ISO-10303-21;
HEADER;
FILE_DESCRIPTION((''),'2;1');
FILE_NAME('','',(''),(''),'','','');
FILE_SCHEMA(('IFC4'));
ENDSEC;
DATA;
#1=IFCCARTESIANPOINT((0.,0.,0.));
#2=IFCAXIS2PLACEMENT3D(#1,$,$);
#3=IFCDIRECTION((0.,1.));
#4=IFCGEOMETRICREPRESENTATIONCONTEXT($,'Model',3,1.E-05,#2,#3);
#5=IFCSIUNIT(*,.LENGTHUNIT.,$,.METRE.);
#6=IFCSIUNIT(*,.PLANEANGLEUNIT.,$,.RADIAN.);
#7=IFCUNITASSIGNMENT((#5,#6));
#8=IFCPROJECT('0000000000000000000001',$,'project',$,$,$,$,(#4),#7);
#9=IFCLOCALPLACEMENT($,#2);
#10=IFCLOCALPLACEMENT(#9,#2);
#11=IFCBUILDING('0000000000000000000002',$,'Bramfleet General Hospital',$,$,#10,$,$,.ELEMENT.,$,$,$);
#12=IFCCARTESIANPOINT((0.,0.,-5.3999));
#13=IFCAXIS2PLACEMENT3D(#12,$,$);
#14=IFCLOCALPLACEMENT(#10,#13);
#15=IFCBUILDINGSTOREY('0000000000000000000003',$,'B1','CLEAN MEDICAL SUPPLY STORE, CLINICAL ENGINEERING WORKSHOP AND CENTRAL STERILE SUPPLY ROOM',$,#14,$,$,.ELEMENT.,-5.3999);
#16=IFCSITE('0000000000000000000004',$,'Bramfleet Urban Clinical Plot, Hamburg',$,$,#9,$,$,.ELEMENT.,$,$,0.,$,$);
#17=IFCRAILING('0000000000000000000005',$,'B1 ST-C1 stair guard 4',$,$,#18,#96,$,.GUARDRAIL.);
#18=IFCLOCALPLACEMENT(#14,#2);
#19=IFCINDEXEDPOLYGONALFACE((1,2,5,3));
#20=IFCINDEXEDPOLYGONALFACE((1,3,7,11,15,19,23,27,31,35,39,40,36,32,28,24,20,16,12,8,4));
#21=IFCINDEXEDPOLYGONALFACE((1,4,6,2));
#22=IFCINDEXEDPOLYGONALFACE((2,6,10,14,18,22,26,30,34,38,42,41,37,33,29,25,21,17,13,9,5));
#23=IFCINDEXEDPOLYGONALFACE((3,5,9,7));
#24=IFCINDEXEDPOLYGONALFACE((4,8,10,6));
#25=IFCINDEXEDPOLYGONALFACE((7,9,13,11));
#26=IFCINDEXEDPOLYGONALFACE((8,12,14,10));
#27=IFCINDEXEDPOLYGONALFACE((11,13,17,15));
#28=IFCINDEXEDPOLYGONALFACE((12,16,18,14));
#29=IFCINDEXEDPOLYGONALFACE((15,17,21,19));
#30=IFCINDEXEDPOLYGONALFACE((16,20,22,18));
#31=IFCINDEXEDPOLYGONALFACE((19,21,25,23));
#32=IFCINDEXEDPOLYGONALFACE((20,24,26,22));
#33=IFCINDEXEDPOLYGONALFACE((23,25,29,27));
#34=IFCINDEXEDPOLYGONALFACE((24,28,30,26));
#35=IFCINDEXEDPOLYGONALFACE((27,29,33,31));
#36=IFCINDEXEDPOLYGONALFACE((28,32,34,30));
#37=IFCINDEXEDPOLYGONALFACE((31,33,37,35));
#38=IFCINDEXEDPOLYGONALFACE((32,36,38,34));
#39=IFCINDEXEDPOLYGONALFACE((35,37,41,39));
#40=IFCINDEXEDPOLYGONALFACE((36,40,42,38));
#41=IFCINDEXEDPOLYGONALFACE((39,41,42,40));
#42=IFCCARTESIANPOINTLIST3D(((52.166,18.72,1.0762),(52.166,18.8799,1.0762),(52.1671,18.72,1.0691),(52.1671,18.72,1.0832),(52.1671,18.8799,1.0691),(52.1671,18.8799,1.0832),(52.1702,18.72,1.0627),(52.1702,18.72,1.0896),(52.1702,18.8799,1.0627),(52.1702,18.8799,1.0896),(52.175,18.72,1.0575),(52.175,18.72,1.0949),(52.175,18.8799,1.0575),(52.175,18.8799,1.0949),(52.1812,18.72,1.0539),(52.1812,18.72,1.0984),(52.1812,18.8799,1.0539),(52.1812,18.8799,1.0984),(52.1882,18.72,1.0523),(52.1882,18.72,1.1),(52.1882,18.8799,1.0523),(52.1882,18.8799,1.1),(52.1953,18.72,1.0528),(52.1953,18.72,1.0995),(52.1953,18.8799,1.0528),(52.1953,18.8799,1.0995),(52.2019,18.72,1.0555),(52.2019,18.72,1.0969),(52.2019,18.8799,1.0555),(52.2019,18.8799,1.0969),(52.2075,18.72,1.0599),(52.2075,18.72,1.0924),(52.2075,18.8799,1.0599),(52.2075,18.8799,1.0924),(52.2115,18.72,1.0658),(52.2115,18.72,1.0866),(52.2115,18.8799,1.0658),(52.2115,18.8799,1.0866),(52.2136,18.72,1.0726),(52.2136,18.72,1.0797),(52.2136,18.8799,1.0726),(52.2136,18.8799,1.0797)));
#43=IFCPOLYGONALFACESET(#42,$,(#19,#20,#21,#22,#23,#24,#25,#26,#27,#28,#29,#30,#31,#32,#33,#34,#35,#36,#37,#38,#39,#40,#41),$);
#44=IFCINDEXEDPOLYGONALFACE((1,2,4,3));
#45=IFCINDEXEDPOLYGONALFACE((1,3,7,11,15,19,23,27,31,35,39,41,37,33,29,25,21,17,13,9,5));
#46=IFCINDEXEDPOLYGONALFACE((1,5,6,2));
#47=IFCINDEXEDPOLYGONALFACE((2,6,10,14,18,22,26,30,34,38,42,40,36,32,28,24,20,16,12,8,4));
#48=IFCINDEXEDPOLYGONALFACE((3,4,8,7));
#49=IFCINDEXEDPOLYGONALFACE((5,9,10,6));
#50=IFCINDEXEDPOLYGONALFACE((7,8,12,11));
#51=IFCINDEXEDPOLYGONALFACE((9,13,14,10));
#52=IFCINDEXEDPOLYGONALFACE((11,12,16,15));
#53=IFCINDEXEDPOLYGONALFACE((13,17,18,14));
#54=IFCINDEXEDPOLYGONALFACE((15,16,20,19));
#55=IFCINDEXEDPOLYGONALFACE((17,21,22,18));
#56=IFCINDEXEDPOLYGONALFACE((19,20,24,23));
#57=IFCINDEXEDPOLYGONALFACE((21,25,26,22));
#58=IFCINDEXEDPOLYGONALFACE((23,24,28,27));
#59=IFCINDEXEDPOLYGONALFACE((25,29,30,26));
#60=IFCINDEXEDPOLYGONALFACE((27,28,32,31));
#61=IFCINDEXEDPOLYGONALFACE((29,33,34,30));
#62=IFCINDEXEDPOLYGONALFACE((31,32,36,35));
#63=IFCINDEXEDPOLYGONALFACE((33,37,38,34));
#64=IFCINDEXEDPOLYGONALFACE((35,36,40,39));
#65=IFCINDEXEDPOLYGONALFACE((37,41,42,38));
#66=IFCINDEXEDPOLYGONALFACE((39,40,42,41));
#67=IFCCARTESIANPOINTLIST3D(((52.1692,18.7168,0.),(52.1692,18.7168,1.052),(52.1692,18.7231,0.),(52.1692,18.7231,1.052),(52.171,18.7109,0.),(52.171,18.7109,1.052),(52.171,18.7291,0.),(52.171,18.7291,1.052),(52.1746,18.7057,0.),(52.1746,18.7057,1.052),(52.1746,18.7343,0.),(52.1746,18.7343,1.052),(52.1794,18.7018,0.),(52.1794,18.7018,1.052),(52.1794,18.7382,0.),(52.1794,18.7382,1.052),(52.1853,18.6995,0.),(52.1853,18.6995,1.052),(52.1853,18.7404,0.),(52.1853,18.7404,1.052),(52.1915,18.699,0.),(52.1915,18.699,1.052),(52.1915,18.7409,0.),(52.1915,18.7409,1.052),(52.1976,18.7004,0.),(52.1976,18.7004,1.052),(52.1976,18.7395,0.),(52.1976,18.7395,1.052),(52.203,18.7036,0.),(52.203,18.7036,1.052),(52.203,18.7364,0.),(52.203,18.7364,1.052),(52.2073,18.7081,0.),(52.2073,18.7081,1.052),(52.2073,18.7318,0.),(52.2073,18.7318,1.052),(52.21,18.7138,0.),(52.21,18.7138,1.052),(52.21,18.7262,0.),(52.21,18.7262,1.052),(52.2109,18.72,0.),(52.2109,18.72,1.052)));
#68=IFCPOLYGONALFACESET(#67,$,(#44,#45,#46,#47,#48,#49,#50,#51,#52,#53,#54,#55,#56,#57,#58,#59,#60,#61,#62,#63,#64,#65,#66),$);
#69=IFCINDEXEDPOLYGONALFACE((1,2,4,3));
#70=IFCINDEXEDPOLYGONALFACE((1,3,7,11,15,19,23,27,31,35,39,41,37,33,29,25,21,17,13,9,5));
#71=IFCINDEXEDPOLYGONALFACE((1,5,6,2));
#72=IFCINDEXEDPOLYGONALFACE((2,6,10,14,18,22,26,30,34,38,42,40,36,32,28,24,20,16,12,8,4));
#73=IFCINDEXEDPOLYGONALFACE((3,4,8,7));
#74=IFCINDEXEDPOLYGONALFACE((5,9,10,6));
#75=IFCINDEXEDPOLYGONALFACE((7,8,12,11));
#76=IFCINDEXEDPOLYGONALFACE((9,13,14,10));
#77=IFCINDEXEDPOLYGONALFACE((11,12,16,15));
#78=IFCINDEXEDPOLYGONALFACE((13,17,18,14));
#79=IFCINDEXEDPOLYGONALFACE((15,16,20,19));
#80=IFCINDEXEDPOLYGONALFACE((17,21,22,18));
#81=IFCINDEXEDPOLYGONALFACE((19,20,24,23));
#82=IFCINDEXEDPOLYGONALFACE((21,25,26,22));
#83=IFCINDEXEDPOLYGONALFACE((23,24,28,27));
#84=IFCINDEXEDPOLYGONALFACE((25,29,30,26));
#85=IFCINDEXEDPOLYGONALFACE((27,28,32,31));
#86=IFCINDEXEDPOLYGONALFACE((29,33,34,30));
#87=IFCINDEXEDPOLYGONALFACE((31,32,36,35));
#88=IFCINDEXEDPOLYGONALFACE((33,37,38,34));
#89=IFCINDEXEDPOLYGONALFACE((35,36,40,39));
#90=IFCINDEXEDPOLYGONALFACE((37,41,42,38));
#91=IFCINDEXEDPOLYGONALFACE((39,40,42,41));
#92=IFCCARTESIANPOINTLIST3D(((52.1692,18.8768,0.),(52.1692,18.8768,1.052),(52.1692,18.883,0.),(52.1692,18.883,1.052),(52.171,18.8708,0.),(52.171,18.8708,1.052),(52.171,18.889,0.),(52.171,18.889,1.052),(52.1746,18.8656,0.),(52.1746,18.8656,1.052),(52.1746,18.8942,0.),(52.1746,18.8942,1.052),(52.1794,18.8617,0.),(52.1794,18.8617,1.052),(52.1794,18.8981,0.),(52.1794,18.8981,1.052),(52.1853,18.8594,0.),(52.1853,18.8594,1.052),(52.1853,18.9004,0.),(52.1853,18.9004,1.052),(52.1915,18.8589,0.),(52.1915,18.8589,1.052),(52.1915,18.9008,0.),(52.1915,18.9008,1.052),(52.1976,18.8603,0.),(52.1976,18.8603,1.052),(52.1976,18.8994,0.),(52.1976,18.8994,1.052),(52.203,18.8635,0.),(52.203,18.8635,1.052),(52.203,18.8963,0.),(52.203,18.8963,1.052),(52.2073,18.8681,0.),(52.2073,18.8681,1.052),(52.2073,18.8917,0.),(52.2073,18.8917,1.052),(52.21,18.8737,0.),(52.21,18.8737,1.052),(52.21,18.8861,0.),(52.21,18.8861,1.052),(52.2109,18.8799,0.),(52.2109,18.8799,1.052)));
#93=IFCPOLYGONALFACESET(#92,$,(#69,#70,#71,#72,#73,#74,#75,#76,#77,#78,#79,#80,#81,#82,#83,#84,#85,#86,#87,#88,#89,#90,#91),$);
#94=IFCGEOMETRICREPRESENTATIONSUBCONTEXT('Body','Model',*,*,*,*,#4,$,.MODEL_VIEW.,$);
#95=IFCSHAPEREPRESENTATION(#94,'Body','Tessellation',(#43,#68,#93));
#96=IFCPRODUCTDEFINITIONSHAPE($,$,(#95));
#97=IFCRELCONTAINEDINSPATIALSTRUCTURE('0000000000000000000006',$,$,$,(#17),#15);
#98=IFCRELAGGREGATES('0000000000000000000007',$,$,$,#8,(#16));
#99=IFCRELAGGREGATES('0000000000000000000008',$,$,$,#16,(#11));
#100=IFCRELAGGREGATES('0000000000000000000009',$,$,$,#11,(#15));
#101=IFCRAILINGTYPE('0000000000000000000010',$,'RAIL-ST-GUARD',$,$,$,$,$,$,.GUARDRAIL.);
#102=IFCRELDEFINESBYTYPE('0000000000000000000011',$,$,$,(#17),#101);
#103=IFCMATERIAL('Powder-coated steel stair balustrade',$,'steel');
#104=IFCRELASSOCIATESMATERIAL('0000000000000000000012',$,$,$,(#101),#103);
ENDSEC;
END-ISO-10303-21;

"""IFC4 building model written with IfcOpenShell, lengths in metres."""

from ifc_helpers import new_model, si_unit, direction, frame, origin, origin_2d, place, context, subcontext, project, spatial, circle, extrude, material, type_object, element, save


model = new_model("IFC4")

# Units and contexts
model_context = context("Model", 3, precision=1e-05, world=origin(), true_north=direction((0.0, 1.0)))
body_context = subcontext(model_context, "Body", "Model", "MODEL_VIEW")
ifc_project = project(units=[si_unit("LENGTHUNIT", "METRE"), si_unit("PLANEANGLEUNIT", "RADIAN")], contexts=[model_context])

# Site, building, storey
site_placement = place(None, origin())
site = spatial("IfcSite", under=ifc_project, at=site_placement, Name="Bramfleet Urban Clinical Plot, Hamburg", CompositionType="ELEMENT", RefElevation=0.0)
building_placement = place(site_placement, origin())
building = spatial("IfcBuilding", under=site, at=building_placement, Name="Bramfleet General Hospital", CompositionType="ELEMENT")
storey_placement = place(building_placement, frame((0.0, 0.0, -5.3999)))
storey = spatial("IfcBuildingStorey", under=building, at=storey_placement, Name="B1", Description="CLEAN MEDICAL SUPPLY STORE, CLINICAL ENGINEERING WORKSHOP AND CENTRAL STERILE SUPPLY ROOM", CompositionType="ELEMENT", Elevation=-5.3999)

# Railing
ifc_material_1 = material(Name="Powder-coated steel stair balustrade", Category="steel")
railing_type = type_object("IfcRailingType", Name="RAIL-ST-GUARD", PredefinedType="GUARDRAIL", material=ifc_material_1)
railing_1_placement = place(storey_placement, frame((52.1899, 18.72, 0.0)))
element("IfcRailing", 1, at=railing_1_placement, inside=storey, type_object=railing_type, Name="B1 ST-C1 stair guard 4", PredefinedType="GUARDRAIL", context=body_context, shape_type="SweptSolid", body=[
    extrude(circle(Radius=0.0239, at=origin_2d()), frame((0.0, 0.0, 1.0762), z_axis=(0.0, 1.0, 0.0), x_axis=(-1.0, 0.0, 0.0)), (0.0, 0.0, 1.0), 0.1599),
    extrude(circle(Radius=0.021, at=origin_2d()), origin(), (0.0, 0.0, 1.0), 1.052),
    extrude(circle(Radius=0.021, at=origin_2d()), frame((0.0, 0.1599, 0.0)), (0.0, 0.0, 1.0), 1.052),
])

save(model, "model.ifc")
